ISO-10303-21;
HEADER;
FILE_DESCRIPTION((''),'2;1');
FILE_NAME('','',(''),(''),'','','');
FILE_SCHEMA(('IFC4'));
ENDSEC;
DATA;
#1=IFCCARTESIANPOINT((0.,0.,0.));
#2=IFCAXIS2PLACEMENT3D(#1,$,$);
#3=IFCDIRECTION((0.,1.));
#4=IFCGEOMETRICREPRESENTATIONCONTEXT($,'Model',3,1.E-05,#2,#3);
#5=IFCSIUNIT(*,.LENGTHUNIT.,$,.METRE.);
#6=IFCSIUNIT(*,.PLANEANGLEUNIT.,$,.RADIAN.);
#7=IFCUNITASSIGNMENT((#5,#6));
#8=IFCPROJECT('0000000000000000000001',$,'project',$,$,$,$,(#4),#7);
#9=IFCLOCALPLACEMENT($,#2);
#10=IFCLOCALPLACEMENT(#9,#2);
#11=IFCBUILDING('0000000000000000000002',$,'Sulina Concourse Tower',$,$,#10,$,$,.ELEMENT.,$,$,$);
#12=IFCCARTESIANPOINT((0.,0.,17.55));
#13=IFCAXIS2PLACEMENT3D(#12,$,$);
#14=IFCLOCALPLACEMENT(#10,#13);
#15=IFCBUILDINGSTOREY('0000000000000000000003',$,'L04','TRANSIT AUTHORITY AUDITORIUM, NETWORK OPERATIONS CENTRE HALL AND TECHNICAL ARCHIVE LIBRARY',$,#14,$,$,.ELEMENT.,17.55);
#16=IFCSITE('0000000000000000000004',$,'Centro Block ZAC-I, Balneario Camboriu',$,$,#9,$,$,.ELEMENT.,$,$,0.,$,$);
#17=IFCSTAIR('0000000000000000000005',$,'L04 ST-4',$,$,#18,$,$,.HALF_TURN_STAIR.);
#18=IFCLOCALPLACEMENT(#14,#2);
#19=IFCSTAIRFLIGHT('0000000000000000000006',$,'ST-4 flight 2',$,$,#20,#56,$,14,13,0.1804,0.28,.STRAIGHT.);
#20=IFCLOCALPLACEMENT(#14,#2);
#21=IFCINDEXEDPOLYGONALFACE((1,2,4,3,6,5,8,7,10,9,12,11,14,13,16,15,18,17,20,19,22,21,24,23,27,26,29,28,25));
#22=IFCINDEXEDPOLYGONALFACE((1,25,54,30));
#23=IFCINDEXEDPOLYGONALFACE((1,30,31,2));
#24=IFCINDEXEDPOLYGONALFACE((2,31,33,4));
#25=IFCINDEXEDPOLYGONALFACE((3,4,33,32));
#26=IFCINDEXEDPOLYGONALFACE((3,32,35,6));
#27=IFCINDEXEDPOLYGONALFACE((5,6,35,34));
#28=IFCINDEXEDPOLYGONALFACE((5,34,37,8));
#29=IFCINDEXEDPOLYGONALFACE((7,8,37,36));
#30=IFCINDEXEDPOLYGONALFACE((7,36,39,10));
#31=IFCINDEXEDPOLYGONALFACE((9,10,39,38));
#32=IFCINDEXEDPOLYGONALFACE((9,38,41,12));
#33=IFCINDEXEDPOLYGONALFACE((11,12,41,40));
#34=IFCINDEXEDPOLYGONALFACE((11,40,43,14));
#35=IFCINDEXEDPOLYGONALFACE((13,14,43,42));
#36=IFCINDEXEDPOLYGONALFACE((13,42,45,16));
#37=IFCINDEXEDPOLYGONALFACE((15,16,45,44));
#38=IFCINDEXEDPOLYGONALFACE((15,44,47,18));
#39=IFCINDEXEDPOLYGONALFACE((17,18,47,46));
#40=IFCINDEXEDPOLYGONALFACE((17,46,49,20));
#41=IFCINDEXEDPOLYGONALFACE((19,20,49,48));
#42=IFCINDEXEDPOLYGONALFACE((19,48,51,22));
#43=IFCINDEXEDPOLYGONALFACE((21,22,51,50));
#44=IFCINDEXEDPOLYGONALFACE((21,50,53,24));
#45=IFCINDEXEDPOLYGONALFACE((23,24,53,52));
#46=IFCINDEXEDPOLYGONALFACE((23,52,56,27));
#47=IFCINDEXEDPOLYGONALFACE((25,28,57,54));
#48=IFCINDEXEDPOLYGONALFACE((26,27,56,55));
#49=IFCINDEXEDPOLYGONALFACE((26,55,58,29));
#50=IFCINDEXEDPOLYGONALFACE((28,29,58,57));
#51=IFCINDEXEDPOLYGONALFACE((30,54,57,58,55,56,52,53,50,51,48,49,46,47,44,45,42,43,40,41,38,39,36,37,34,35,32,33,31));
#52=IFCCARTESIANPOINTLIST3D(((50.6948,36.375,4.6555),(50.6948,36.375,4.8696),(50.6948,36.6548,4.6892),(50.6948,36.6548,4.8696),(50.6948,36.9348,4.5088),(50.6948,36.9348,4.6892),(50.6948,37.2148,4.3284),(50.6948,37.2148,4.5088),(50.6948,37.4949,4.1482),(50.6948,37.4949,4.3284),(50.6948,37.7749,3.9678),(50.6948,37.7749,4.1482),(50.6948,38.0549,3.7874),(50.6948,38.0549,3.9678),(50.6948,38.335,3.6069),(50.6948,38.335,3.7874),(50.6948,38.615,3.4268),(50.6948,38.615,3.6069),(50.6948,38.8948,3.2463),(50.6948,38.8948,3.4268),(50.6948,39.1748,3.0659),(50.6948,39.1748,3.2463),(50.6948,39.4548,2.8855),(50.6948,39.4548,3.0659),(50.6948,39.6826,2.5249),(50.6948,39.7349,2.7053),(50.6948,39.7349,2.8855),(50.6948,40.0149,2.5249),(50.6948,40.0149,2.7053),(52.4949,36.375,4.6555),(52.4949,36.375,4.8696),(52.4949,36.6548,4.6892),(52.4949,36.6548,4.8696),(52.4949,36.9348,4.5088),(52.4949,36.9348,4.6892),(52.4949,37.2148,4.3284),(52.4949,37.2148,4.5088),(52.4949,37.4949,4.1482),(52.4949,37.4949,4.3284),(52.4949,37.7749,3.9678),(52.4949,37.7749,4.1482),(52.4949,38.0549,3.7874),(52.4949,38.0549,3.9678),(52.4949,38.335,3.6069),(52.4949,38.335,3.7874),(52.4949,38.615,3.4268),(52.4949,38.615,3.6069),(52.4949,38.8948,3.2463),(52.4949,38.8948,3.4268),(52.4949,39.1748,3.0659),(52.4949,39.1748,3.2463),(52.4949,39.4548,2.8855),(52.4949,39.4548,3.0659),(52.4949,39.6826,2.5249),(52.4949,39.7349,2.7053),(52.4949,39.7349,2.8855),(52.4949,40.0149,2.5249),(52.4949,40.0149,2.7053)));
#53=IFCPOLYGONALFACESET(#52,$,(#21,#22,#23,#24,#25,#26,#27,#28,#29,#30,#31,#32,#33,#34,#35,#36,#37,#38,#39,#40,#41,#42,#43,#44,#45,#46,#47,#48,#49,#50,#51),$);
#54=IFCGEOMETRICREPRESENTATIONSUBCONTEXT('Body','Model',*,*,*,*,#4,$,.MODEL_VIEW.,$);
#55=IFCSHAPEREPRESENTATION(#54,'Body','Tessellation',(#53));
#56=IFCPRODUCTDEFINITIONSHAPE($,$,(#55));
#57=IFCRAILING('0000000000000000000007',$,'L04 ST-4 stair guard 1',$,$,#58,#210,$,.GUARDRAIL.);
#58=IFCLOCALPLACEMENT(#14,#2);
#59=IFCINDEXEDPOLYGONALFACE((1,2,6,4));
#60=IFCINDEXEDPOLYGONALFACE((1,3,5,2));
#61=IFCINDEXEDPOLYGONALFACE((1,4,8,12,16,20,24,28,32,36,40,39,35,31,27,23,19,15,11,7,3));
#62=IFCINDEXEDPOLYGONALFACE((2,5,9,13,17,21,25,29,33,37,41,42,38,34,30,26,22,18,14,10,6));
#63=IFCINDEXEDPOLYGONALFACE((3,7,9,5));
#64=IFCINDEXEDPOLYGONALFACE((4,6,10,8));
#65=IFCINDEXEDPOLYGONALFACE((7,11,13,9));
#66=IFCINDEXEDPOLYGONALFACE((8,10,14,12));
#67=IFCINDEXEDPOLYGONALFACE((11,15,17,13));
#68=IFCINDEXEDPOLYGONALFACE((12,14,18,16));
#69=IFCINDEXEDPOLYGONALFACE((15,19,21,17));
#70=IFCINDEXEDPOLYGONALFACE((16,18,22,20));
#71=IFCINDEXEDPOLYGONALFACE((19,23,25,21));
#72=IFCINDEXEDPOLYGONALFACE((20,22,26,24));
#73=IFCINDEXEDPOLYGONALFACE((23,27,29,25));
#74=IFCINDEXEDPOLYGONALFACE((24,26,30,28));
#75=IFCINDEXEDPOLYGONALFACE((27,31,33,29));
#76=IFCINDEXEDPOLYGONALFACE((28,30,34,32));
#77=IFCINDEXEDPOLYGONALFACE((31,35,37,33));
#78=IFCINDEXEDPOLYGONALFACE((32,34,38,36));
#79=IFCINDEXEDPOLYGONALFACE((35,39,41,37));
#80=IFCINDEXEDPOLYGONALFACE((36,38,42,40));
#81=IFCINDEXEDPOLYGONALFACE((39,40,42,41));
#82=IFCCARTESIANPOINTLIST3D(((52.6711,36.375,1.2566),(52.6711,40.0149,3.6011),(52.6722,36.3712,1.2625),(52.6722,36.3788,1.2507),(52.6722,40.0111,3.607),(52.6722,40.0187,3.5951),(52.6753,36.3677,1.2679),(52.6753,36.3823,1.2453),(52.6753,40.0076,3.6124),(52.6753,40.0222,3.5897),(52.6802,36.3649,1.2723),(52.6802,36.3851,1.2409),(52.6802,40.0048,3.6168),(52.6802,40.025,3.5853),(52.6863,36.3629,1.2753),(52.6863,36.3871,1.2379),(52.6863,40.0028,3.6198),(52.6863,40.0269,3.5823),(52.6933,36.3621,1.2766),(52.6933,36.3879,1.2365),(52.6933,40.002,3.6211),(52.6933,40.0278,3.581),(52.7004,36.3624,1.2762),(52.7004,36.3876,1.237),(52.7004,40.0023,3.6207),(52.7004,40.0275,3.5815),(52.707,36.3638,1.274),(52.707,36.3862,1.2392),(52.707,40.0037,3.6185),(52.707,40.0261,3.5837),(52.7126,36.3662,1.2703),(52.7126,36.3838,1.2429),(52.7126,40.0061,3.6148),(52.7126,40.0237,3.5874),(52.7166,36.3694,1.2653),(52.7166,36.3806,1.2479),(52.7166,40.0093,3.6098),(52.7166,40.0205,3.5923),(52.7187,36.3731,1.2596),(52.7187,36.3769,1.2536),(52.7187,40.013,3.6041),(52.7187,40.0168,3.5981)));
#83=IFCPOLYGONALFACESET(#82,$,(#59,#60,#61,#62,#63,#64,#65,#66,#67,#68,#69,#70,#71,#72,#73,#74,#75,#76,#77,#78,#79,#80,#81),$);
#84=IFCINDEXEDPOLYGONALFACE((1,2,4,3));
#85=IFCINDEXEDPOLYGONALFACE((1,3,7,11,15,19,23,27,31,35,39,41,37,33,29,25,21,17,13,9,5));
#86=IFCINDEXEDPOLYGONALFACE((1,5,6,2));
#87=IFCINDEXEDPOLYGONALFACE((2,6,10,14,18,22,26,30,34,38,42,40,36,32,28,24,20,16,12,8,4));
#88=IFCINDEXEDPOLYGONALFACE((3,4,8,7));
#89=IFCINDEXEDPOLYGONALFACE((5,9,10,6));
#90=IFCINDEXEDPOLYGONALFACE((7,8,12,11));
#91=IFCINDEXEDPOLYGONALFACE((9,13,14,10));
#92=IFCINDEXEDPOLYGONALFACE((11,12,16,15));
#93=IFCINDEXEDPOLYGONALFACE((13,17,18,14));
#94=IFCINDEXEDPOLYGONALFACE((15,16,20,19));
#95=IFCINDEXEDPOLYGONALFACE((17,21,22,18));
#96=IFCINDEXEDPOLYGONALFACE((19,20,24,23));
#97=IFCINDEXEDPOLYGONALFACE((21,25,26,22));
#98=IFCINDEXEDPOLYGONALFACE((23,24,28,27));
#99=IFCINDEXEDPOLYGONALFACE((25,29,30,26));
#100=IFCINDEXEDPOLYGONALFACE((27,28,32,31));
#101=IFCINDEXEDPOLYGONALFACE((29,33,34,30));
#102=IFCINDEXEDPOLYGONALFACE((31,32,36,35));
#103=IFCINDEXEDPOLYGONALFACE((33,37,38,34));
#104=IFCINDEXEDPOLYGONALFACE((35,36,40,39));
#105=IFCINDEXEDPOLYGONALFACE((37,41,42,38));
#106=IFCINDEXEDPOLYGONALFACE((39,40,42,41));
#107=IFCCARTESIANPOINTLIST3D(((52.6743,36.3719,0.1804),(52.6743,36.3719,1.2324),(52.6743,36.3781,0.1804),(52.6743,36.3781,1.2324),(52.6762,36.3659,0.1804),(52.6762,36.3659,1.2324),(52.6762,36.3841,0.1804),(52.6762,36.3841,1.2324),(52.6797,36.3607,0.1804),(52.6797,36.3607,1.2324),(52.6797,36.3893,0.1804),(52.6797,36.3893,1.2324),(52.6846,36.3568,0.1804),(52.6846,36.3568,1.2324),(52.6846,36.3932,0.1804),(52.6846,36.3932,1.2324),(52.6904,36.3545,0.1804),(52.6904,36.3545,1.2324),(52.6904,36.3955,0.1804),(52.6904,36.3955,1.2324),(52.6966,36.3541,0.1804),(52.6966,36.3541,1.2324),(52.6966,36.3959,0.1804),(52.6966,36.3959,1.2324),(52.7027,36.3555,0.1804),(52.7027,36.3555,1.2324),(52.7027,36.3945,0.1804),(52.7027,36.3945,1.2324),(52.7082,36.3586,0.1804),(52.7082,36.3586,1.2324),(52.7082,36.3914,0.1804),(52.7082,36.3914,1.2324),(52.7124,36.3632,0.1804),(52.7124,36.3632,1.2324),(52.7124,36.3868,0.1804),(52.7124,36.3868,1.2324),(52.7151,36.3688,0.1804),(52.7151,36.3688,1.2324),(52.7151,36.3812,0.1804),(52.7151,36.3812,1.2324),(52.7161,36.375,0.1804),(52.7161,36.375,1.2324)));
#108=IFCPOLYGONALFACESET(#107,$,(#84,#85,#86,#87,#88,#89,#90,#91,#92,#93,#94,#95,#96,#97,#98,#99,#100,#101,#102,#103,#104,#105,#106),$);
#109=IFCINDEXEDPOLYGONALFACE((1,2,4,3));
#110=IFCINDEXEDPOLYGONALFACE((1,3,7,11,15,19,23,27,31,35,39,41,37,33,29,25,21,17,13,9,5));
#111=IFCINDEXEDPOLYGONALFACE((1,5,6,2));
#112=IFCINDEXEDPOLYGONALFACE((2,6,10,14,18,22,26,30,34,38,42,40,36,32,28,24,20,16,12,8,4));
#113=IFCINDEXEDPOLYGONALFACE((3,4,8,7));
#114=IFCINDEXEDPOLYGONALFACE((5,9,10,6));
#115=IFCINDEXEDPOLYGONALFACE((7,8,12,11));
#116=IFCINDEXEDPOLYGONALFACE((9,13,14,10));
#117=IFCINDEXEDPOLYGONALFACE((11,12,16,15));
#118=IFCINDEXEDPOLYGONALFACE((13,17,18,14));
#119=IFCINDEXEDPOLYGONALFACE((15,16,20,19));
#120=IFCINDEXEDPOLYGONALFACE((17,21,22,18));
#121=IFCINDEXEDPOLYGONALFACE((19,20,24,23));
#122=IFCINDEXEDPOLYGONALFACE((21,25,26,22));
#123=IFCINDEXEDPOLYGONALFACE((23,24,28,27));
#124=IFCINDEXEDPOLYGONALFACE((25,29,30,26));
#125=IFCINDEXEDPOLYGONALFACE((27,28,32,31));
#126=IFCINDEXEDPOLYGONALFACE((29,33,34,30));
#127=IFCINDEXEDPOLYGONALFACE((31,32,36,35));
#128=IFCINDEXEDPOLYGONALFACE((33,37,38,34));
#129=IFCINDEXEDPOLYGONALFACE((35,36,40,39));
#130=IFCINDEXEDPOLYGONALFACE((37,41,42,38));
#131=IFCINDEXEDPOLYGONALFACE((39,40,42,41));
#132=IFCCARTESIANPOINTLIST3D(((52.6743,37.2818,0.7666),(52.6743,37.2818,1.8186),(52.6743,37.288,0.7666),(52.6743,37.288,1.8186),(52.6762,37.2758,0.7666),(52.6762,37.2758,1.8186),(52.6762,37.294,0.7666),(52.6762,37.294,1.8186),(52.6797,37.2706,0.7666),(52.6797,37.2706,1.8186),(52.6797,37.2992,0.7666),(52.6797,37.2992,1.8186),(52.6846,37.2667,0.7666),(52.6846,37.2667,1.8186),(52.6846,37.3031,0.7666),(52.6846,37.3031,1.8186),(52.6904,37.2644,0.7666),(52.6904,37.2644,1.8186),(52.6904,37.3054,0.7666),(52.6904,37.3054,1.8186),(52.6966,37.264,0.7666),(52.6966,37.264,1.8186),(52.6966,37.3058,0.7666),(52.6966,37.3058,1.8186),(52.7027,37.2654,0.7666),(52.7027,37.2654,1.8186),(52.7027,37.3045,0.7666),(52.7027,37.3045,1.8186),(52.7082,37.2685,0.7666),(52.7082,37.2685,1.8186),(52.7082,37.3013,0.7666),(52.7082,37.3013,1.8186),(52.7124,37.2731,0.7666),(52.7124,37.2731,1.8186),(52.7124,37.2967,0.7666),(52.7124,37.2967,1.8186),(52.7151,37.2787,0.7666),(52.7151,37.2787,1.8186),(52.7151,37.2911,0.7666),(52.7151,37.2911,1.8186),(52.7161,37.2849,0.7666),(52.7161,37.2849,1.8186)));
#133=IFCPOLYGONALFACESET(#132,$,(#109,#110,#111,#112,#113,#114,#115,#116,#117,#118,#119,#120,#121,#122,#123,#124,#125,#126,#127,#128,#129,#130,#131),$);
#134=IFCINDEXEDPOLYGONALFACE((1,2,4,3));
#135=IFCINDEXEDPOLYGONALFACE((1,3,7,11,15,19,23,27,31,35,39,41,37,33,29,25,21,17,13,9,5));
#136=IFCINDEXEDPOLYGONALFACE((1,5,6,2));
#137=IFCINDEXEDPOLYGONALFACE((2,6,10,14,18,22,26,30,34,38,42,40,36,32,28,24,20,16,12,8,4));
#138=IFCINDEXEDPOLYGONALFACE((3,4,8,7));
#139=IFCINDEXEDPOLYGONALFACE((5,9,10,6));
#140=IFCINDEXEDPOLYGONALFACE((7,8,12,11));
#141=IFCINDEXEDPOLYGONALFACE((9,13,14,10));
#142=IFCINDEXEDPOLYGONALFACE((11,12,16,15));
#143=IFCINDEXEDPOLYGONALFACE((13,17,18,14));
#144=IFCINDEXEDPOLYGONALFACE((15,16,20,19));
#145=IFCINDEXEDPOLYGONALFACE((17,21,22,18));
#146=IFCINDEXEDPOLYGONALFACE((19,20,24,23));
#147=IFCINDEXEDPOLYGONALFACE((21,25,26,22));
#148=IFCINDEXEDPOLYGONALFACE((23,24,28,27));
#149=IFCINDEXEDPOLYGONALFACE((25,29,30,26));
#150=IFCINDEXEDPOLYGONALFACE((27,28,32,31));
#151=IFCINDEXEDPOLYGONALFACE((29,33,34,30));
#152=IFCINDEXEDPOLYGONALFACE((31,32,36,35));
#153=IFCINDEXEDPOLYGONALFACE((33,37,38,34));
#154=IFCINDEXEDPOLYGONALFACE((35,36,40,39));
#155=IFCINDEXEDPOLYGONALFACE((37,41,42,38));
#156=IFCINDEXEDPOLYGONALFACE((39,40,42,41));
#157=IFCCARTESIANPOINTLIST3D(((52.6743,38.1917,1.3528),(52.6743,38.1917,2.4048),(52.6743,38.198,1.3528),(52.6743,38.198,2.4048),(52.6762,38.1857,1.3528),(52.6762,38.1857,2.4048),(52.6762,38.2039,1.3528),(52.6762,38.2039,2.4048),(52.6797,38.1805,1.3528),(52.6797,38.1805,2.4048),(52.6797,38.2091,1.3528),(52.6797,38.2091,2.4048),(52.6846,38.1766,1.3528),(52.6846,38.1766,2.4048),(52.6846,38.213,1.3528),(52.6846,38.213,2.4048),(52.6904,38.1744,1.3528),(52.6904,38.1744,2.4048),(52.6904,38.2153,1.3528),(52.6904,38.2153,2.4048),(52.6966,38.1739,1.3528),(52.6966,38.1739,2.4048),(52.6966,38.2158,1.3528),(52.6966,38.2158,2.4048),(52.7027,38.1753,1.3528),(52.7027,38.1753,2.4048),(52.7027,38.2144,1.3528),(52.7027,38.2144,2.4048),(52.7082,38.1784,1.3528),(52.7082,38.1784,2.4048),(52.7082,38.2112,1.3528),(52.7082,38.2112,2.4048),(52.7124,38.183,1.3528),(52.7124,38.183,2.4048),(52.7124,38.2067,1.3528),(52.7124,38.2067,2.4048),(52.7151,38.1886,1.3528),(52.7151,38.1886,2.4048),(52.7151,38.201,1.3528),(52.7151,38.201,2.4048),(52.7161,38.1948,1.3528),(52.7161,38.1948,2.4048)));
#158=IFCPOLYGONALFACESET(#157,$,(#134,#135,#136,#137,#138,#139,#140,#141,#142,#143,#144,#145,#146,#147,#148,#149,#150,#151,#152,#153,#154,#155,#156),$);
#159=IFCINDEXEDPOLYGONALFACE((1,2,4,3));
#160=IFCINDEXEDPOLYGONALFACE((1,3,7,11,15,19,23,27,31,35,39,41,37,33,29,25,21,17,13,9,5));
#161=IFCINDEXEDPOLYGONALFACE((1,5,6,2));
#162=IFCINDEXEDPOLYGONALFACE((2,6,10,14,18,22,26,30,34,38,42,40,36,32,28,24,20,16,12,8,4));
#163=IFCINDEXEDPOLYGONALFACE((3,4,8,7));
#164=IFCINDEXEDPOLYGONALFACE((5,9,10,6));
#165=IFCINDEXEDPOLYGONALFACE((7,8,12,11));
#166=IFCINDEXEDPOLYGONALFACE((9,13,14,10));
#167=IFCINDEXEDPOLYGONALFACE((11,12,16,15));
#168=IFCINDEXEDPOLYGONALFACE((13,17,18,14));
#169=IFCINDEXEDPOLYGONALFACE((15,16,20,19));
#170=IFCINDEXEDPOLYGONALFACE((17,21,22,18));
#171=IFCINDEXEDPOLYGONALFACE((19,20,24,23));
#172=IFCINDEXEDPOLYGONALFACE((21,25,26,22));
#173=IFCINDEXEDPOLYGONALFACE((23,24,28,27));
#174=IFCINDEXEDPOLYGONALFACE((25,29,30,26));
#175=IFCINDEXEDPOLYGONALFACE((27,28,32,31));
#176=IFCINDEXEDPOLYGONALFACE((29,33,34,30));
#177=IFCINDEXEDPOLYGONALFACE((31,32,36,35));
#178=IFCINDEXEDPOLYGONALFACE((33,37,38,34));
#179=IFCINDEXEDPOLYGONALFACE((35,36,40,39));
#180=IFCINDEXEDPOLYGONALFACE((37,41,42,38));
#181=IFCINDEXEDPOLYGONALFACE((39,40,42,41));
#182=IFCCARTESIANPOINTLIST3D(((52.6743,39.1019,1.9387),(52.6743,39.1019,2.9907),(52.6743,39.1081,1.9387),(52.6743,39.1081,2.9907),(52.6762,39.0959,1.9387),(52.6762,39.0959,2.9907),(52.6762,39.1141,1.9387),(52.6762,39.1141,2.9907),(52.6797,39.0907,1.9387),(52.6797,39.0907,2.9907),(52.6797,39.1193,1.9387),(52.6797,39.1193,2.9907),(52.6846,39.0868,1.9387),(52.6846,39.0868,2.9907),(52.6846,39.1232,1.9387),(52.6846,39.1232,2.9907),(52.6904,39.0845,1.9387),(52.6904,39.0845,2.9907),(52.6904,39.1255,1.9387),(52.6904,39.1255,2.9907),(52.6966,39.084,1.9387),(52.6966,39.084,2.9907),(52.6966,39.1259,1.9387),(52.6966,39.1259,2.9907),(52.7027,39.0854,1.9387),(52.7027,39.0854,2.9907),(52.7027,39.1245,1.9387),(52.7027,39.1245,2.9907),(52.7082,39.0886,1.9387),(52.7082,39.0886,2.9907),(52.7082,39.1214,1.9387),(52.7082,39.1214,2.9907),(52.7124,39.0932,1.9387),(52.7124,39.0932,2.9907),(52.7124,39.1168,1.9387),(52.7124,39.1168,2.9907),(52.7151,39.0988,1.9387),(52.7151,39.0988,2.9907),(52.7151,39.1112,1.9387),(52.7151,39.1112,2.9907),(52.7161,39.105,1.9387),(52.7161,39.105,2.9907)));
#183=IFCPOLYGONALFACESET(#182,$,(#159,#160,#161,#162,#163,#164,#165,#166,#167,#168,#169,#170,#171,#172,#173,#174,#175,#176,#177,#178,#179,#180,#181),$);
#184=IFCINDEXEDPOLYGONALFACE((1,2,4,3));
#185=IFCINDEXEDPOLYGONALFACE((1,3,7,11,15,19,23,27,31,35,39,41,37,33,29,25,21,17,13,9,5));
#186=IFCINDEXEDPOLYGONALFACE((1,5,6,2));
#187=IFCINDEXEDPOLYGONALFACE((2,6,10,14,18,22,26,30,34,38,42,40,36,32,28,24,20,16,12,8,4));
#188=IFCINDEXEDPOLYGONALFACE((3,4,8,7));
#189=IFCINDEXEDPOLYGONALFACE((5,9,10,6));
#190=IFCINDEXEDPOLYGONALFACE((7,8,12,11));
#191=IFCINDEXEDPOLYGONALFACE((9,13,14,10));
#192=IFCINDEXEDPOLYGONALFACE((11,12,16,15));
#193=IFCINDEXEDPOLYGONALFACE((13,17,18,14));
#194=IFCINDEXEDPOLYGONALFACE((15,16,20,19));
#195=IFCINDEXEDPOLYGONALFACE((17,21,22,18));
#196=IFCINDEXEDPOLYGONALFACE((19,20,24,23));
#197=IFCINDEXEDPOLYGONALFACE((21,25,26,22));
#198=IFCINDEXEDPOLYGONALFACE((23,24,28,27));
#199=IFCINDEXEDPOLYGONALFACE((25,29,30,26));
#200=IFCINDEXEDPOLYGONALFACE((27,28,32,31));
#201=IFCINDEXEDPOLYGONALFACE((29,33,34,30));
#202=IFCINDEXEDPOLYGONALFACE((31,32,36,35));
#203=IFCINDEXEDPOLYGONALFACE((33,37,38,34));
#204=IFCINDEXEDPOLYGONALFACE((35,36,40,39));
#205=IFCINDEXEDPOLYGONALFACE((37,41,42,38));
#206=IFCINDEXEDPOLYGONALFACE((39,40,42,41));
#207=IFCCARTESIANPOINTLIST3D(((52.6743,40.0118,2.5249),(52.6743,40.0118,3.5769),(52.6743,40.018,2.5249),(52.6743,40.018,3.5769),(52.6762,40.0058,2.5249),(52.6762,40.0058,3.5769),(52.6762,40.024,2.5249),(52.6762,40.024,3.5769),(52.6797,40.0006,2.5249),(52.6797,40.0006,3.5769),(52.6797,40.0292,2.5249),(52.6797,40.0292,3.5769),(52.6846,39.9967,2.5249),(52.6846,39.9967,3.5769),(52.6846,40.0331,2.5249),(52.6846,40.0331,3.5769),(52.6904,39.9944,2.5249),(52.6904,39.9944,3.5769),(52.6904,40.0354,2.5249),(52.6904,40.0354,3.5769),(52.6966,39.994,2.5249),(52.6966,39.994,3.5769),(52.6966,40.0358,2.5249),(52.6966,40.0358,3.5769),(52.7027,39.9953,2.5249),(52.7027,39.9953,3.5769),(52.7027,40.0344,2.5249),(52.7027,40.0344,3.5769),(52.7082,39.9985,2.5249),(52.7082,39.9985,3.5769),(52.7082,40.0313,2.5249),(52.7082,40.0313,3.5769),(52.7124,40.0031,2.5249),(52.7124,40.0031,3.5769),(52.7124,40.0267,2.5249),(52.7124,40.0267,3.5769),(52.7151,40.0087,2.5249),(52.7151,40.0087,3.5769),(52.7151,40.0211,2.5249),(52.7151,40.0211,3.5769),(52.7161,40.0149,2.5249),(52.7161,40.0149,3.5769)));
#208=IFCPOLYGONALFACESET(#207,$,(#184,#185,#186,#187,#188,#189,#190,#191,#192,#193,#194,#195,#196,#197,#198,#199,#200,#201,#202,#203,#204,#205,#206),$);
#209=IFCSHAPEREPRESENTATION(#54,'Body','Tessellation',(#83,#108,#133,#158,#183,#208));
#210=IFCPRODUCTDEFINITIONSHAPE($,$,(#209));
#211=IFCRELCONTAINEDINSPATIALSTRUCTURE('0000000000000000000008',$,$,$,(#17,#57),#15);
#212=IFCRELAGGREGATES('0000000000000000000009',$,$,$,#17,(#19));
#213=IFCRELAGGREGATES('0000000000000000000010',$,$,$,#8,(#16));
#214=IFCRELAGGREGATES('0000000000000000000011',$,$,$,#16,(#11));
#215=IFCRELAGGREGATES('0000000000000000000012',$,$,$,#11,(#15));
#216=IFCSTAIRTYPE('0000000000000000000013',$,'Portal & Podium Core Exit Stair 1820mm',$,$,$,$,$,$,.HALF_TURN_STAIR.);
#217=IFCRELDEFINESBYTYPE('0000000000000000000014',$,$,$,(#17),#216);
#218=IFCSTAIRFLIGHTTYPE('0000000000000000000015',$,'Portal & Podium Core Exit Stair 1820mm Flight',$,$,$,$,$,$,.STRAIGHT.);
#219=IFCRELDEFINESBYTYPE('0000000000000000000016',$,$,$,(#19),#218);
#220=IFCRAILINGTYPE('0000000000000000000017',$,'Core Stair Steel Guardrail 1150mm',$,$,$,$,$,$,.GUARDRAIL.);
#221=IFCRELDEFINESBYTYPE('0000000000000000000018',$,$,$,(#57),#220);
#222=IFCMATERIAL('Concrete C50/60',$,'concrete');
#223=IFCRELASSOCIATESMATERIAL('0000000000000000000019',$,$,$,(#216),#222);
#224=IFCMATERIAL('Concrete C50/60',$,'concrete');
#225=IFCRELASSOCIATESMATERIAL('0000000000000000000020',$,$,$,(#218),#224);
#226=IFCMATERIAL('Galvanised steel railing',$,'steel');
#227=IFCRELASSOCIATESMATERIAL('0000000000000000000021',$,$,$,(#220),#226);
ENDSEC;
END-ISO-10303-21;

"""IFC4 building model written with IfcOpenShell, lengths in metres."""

from ifc_helpers import new_model, si_unit, direction, frame, origin, origin_2d, place, context, subcontext, project, spatial, polyline, circle, outline, extrude, material, type_object, element, aggregate, save


model = new_model("IFC4")

# Units and contexts
model_context = context("Model", 3, precision=1e-05, world=origin(), true_north=direction((0.0, 1.0)))
body_context = subcontext(model_context, "Body", "Model", "MODEL_VIEW")
ifc_project = project(units=[si_unit("LENGTHUNIT", "METRE"), si_unit("PLANEANGLEUNIT", "RADIAN")], contexts=[model_context])

# Site, building, storey
site_placement = place(None, origin())
site = spatial("IfcSite", under=ifc_project, at=site_placement, Name="Centro Block ZAC-I, Balneario Camboriu", CompositionType="ELEMENT", RefElevation=0.0)
building_placement = place(site_placement, origin())
building = spatial("IfcBuilding", under=site, at=building_placement, Name="Sulina Concourse Tower", CompositionType="ELEMENT")
storey_placement = place(building_placement, frame((0.0, 0.0, 17.55)))
storey = spatial("IfcBuildingStorey", under=building, at=storey_placement, Name="L04", Description="TRANSIT AUTHORITY AUDITORIUM, NETWORK OPERATIONS CENTRE HALL AND TECHNICAL ARCHIVE LIBRARY", CompositionType="ELEMENT", Elevation=17.55)

# Stair, stair flight
ifc_material_1 = material(Name="Concrete C50/60", Category="concrete")
stair_type = type_object("IfcStairType", Name="Portal & Podium Core Exit Stair 1820mm", PredefinedType="HALF_TURN_STAIR", material=ifc_material_1)
stair_placement = place(storey_placement, origin())
stair = element("IfcStair", 1, at=stair_placement, inside=storey, type_object=stair_type, Name="L04 ST-4", PredefinedType="HALF_TURN_STAIR")
ifc_material_2 = material(Name="Concrete C50/60", Category="concrete")
stair_flight_type = type_object("IfcStairFlightType", Name="Portal & Podium Core Exit Stair 1820mm Flight", PredefinedType="STRAIGHT", material=ifc_material_2)
stair_flight_1_placement = place(storey_placement, frame((51.595, 40.0149, 2.5249), z_axis=(0.0, 0.0, 1.0), x_axis=(0.0, -1.0, 0.0)))
stair_flight_1 = element("IfcStairFlight", 2, at=stair_flight_1_placement, type_object=stair_flight_type, Name="ST-4 flight 2", NumberOfRisers=14, NumberOfTreads=13, PredefinedType="STRAIGHT", RiserHeight=0.1804, TreadLength=0.28, context=body_context, shape_type="SweptSolid", body=[
    extrude(outline(polyline([(0.0, 0.0), (0.0, 0.1804), (0.28, 0.1804), (0.28, 0.3606), (0.5601, 0.3606), (0.5601, 0.541), (0.8401, 0.541), (0.8401, 0.7214), (1.1201, 0.7214), (1.1201, 0.9019), (1.3999, 0.9019), (1.3999, 1.082), (1.6799, 1.082), (1.6799, 1.2625), (1.96, 1.2625), (1.96, 1.4429), (2.24, 1.4429), (2.24, 1.6233), (2.52, 1.6233), (2.52, 1.8035), (2.8, 1.8035), (2.8, 1.9839), (3.0801, 1.9839), (3.0801, 2.1643), (3.3601, 2.1643), (3.3601, 2.3447), (3.6399, 2.3447), (3.6399, 2.5249), (3.6399, 2.1306), (0.3323, 0.0), (0.0, 0.0)])), frame((0.0, 0.8999, 0.0), z_axis=(0.0, -1.0, 0.0), x_axis=(1.0, 0.0, 0.0)), (0.0, 0.0, 1.0), 1.8),
])
aggregate(stair, [stair_flight_1])

# Railing
ifc_material_3 = material(Name="Galvanised steel railing", Category="steel")
railing_type_1 = type_object("IfcRailingType", Name="Core Stair Steel Guardrail 1150mm", PredefinedType="GUARDRAIL", material=ifc_material_3)
railing_1_placement = place(storey_placement, frame((52.6951, 36.375, 0.1804)))
element("IfcRailing", 3, at=railing_1_placement, inside=storey, type_object=railing_type_1, Name="L04 ST-4 stair guard 1", PredefinedType="GUARDRAIL", context=body_context, shape_type="SweptSolid", body=[
    extrude(circle(Radius=0.0239, at=origin_2d()), frame((0.0, 0.0, 1.0762), z_axis=(0.0, 0.8407, 0.541501), x_axis=(-1.0, 0.0, 0.0)), (0.0, 0.0, 1.0), 4.3296),
    extrude(circle(Radius=0.021, at=origin_2d()), origin(), (0.0, 0.0, 1.0), 1.052),
    extrude(circle(Radius=0.021, at=origin_2d()), frame((0.0, 0.9099, 0.5862)), (0.0, 0.0, 1.0), 1.052),
    extrude(circle(Radius=0.021, at=origin_2d()), frame((0.0, 1.8198, 1.1724)), (0.0, 0.0, 1.0), 1.052),
    extrude(circle(Radius=0.021, at=origin_2d()), frame((0.0, 2.73, 1.7583)), (0.0, 0.0, 1.0), 1.052),
    extrude(circle(Radius=0.021, at=origin_2d()), frame((0.0, 3.6399, 2.3445)), (0.0, 0.0, 1.0), 1.052),
])

save(model, "model.ifc")
